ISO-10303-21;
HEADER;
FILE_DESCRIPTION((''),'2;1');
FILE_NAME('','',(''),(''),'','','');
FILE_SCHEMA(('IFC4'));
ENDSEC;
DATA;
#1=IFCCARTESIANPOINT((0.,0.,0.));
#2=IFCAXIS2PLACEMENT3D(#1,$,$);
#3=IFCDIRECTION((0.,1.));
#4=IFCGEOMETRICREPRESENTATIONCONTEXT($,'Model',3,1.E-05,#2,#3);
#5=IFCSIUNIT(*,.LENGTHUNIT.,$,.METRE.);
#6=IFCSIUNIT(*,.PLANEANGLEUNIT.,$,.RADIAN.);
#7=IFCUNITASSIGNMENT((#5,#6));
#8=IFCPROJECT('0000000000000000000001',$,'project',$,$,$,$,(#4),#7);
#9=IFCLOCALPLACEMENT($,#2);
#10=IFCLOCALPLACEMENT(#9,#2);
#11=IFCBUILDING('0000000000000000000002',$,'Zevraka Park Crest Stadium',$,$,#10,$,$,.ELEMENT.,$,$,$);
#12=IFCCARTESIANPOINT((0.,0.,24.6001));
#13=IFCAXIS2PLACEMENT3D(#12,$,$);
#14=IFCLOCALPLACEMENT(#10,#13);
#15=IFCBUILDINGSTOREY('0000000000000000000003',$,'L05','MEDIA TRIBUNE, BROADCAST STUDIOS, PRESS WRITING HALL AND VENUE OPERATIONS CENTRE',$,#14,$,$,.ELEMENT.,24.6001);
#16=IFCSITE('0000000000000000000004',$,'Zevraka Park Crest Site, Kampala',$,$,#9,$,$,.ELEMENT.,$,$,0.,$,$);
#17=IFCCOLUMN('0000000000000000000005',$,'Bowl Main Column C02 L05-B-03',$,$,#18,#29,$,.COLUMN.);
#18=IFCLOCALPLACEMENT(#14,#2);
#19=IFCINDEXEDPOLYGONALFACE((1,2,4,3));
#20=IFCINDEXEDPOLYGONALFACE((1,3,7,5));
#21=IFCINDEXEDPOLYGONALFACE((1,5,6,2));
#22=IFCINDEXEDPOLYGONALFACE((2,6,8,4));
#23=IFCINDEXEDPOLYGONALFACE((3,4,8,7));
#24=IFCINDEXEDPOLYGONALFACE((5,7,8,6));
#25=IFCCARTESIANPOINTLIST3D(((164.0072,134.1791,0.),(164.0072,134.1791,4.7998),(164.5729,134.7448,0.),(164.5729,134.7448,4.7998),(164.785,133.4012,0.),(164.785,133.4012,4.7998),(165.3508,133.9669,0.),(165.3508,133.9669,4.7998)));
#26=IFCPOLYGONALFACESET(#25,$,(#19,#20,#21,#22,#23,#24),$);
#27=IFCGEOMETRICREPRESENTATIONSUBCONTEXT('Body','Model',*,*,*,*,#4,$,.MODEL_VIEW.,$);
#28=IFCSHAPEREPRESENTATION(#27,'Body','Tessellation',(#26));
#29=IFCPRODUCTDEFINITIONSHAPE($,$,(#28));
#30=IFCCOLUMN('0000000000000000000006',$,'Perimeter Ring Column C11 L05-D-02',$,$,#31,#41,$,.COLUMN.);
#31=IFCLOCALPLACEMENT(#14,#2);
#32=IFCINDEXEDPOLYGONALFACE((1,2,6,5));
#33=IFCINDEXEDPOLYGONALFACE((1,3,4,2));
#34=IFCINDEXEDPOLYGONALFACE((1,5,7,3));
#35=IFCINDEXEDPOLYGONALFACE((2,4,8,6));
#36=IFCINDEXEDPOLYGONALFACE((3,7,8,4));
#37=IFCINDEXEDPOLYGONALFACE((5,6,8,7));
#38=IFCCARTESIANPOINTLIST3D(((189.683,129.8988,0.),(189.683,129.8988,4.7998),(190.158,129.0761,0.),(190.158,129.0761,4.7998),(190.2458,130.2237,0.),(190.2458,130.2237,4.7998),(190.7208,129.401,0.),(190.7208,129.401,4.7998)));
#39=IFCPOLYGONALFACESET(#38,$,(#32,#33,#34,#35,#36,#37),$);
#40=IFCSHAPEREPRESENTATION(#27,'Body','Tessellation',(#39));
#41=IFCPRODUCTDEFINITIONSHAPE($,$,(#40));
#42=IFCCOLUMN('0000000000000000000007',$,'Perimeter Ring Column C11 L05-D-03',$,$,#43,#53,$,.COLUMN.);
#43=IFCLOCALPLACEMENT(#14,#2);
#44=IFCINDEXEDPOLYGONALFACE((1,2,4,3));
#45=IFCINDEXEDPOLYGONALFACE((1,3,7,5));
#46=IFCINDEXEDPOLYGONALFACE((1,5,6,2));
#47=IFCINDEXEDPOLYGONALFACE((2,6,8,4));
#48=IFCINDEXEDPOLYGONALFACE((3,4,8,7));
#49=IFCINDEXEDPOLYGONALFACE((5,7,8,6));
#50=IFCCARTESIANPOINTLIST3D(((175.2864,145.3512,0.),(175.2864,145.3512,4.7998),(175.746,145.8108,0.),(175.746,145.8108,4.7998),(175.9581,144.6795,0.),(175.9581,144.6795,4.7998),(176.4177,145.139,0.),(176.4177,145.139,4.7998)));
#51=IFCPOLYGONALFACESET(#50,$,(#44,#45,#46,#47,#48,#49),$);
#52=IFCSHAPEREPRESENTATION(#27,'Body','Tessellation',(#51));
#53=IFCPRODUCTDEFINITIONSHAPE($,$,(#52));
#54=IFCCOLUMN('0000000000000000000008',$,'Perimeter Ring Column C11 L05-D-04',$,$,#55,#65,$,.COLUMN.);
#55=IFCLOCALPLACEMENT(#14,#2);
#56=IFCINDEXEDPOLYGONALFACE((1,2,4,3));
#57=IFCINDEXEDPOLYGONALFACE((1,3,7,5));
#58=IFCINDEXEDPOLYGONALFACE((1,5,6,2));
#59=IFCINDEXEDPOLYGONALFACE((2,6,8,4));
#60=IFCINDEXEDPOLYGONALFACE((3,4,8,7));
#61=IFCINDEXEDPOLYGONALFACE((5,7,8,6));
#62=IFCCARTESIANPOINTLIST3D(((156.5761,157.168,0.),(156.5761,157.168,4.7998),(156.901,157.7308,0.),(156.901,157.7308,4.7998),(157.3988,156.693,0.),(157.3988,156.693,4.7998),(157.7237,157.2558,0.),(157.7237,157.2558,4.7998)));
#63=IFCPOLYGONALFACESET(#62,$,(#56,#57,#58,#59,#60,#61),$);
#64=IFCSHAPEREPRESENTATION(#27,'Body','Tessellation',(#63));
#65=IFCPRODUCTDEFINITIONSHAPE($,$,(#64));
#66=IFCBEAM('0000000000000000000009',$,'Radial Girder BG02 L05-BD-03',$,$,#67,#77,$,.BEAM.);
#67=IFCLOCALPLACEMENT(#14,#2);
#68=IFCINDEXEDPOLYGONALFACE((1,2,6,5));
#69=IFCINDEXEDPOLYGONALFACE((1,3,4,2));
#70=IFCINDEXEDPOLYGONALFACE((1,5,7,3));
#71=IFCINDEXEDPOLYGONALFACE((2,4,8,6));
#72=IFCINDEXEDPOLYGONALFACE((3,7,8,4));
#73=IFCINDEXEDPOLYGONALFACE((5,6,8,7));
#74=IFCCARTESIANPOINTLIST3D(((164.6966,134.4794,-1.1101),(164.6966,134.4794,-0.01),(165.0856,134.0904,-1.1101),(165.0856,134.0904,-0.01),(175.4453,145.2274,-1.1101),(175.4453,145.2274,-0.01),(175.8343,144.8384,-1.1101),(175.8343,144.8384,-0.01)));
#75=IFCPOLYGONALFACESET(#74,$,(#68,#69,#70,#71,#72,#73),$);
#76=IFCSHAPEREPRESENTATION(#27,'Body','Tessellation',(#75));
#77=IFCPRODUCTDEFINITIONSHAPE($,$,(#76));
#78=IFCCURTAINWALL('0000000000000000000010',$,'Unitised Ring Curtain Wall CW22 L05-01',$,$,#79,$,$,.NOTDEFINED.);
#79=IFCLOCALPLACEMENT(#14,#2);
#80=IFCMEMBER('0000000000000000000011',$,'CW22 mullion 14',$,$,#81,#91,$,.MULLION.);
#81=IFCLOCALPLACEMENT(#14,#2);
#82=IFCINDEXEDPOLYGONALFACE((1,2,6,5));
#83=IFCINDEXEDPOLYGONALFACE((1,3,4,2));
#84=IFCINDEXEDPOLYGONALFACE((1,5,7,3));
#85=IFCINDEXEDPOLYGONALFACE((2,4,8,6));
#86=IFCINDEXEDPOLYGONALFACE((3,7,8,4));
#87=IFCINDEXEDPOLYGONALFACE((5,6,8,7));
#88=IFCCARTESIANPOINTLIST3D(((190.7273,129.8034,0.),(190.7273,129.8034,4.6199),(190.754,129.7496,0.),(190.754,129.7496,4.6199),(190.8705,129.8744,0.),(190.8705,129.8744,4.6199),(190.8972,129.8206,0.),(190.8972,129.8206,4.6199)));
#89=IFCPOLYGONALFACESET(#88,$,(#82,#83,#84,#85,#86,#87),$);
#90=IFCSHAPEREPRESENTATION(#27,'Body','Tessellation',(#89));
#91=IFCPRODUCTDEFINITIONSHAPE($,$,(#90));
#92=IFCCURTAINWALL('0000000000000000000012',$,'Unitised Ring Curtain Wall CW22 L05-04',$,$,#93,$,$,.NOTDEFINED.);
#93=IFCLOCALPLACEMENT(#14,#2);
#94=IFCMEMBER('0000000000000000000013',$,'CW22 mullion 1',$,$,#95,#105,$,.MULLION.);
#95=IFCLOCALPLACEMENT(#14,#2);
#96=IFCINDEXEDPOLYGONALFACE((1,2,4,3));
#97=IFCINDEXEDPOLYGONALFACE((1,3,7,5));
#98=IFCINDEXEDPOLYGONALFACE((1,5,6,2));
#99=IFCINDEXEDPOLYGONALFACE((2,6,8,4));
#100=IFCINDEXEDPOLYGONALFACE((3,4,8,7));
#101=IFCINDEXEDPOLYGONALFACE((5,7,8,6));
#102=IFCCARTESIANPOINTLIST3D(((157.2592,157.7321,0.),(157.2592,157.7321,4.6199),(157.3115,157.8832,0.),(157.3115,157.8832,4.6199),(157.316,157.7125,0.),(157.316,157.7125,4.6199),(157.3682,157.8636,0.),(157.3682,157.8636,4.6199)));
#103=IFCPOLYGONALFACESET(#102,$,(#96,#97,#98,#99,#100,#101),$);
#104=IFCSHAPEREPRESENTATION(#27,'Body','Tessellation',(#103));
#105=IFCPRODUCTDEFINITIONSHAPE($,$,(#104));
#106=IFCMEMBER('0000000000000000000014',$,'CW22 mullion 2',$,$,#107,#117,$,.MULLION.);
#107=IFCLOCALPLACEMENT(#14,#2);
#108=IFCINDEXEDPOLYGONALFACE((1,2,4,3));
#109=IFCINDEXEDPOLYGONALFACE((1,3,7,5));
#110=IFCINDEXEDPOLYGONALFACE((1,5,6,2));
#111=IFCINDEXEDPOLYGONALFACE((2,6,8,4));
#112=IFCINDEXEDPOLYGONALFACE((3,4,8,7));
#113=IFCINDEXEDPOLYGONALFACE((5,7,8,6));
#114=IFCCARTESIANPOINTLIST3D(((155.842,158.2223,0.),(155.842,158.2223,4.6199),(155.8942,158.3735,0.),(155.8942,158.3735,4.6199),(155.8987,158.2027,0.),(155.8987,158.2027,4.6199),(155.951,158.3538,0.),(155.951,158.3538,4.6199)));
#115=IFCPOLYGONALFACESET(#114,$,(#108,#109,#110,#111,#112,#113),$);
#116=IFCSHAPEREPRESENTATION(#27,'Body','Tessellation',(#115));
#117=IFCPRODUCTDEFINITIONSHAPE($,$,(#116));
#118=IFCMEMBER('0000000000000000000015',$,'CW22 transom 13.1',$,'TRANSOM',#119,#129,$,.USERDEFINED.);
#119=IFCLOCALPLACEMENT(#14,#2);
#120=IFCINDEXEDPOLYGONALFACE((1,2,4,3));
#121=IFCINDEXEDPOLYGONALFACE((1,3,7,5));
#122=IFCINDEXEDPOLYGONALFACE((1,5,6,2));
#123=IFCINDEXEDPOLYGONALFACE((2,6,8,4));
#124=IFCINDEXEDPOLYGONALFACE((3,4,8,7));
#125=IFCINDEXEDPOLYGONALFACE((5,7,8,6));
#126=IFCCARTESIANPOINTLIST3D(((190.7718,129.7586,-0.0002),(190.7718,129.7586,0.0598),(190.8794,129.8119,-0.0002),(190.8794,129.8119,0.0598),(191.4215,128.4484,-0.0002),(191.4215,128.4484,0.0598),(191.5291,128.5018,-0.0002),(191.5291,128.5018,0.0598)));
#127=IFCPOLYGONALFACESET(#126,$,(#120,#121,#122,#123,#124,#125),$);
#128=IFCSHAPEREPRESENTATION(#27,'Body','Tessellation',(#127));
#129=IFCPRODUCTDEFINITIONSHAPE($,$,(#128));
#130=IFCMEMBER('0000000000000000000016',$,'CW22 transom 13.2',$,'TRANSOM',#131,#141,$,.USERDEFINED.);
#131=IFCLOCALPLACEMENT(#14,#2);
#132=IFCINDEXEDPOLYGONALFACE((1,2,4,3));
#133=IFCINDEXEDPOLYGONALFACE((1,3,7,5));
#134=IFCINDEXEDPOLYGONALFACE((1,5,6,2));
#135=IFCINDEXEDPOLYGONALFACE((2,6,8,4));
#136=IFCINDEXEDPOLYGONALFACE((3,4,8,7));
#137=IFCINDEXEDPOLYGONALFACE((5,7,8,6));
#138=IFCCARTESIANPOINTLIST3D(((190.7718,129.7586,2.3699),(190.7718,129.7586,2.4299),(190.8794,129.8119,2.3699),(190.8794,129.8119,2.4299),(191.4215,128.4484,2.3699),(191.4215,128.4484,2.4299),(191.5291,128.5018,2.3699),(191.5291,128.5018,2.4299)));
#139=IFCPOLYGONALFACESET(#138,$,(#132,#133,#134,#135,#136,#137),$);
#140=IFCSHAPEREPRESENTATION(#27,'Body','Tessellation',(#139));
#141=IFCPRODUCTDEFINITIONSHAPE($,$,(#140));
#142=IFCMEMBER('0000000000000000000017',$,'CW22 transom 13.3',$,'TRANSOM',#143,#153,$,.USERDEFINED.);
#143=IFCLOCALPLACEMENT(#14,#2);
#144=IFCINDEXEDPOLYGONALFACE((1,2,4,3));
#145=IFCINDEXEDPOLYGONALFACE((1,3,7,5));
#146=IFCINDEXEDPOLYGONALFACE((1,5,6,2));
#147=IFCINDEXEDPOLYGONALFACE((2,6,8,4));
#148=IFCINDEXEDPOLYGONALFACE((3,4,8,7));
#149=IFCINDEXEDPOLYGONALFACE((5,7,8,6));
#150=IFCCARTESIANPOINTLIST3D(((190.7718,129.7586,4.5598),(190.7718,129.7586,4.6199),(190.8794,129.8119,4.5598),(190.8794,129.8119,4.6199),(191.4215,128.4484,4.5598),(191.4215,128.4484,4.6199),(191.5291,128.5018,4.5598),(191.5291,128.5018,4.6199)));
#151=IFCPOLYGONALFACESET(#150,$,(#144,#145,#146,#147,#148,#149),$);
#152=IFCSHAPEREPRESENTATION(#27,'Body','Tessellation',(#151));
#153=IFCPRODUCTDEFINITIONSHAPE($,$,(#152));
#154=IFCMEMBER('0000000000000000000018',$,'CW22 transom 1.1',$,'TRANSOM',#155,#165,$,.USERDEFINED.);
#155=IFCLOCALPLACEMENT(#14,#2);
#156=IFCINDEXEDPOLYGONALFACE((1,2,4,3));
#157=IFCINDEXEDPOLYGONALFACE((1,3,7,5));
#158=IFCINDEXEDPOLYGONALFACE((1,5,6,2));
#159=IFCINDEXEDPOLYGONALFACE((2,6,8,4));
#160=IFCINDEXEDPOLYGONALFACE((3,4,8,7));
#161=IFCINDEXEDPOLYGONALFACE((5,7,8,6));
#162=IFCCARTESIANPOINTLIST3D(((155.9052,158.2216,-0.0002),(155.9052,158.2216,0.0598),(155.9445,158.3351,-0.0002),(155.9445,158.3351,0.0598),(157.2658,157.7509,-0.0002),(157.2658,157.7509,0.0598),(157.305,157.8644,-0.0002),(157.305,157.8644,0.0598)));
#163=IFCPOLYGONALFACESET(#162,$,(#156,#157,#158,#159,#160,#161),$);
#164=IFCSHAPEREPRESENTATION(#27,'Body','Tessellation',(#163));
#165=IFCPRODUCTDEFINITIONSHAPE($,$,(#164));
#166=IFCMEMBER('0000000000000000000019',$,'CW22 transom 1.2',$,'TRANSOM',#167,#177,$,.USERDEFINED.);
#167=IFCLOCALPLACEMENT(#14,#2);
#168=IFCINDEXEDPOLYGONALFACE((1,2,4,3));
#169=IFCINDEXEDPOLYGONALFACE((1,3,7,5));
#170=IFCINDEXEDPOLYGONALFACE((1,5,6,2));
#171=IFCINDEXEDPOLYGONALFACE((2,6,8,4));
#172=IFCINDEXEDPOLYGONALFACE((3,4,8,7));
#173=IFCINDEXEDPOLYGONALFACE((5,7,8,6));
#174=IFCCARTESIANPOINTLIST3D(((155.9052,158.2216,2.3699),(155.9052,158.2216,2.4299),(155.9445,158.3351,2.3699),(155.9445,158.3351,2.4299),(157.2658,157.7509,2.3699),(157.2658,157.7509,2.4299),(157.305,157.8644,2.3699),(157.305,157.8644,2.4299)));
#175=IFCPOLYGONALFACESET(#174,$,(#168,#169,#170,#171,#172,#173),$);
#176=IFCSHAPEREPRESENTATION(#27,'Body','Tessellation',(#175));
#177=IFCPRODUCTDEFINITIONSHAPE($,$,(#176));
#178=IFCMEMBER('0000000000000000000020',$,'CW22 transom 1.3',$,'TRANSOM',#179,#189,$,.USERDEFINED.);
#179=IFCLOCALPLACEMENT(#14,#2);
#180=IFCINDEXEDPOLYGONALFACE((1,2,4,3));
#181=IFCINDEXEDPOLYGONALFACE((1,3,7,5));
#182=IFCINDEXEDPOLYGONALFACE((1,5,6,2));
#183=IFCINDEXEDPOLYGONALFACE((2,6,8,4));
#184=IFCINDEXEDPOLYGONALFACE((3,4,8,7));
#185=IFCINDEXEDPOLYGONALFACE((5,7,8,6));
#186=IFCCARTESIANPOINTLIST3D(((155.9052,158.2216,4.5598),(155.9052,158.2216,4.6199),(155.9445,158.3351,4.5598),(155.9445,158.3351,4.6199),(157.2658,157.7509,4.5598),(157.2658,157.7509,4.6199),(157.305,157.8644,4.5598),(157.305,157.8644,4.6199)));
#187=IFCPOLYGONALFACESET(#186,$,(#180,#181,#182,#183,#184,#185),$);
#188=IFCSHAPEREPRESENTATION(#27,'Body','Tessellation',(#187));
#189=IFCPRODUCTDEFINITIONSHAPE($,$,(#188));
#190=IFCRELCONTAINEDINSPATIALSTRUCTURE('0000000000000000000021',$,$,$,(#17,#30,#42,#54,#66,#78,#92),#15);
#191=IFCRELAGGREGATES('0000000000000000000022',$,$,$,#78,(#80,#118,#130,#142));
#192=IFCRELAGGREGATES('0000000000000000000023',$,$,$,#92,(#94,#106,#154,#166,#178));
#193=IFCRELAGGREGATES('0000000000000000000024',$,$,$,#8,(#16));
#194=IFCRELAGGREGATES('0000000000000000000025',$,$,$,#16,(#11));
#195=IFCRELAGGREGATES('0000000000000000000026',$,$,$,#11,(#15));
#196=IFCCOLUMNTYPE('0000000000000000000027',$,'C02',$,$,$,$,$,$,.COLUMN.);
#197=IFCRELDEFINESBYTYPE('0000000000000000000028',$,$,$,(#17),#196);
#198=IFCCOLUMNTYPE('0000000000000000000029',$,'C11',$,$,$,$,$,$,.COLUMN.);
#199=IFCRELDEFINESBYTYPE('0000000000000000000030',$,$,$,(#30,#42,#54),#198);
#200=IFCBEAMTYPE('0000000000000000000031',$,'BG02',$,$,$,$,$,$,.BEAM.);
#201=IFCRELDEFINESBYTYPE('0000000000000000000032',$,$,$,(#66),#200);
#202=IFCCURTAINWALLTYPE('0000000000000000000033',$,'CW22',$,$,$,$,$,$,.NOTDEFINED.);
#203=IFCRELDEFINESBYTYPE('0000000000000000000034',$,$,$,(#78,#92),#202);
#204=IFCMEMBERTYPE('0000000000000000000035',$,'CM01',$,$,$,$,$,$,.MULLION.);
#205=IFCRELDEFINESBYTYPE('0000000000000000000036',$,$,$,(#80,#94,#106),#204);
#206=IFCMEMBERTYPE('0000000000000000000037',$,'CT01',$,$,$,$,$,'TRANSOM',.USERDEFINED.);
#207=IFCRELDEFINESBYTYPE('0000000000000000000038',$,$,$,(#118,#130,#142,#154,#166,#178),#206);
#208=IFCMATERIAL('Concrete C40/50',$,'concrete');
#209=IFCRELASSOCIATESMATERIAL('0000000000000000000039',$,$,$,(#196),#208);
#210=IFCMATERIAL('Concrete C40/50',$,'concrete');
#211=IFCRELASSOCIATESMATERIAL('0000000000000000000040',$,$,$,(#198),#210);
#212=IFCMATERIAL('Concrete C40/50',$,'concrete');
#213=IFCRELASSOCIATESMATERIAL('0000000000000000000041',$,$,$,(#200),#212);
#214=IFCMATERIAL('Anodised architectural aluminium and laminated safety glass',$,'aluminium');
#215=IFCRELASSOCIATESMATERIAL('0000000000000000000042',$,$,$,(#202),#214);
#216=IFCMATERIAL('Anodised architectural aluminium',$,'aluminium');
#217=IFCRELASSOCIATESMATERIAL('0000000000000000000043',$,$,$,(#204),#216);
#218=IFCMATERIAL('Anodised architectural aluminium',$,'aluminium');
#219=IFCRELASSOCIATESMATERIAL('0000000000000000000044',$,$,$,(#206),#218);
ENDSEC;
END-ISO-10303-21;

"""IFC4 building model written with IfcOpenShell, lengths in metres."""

from ifc_helpers import new_model, si_unit, direction, frame, origin, origin_2d, place, context, subcontext, project, spatial, rectangle, extrude, material, material_profile, profile_set, type_object, element, aggregate, save


model = new_model("IFC4")

# Units and contexts
model_context = context("Model", 3, precision=1e-05, world=origin(), true_north=direction((0.0, 1.0)))
body_context = subcontext(model_context, "Body", "Model", "MODEL_VIEW")
ifc_project = project(units=[si_unit("LENGTHUNIT", "METRE"), si_unit("PLANEANGLEUNIT", "RADIAN")], contexts=[model_context])

# Site, building, storey
site_placement = place(None, origin())
site = spatial("IfcSite", under=ifc_project, at=site_placement, Name="Zevraka Park Crest Site, Kampala", CompositionType="ELEMENT", RefElevation=0.0)
building_placement = place(site_placement, origin())
building = spatial("IfcBuilding", under=site, at=building_placement, Name="Zevraka Park Crest Stadium", CompositionType="ELEMENT")
storey_placement = place(building_placement, frame((0.0, 0.0, 24.6001)))
storey = spatial("IfcBuildingStorey", under=building, at=storey_placement, Name="L05", Description="MEDIA TRIBUNE, BROADCAST STUDIOS, PRESS WRITING HALL AND VENUE OPERATIONS CENTRE", CompositionType="ELEMENT", Elevation=24.6001)

# Columns
ifc_material_1 = material(Name="Concrete C40/50", Category="concrete")
ifc_material_profile_1 = material_profile(ifc_material_1, rectangle(XDim=0.8, YDim=1.1001, at=origin_2d()), Name="RC 1100x800")
ifc_profile_set_1 = profile_set([ifc_material_profile_1], Name="Concrete C40/50")
column_type_1 = type_object("IfcColumnType", Name="C02", PredefinedType="COLUMN", material=ifc_profile_set_1)
column_placement = place(storey_placement, frame((164.679, 134.073, 0.0), z_axis=(0.0, 0.0, 1.0), x_axis=(0.707107, 0.707107, 0.0)))
element("IfcColumn", 1, at=column_placement, inside=storey, type_object=column_type_1, Name="Bowl Main Column C02 L05-B-03", PredefinedType="COLUMN", context=body_context, shape_type="SweptSolid", body=[
    extrude(rectangle(XDim=0.8, YDim=1.1001, at=origin_2d()), origin(), (0.0, 0.0, 1.0), 4.7998),
])
ifc_material_2 = material(Name="Concrete C40/50", Category="concrete")
ifc_material_profile_2 = material_profile(ifc_material_2, rectangle(XDim=0.6499, YDim=0.95, at=origin_2d()), Name="RC 950x650")
ifc_profile_set_2 = profile_set([ifc_material_profile_2], Name="Concrete C40/50")
column_type_2 = type_object("IfcColumnType", Name="C11", PredefinedType="COLUMN", material=ifc_profile_set_2)
for number, where, z_axis, x_axis, name in (
    (2, (190.2019, 129.6499, 0.0), (0.0, 0.0, 1.0), (0.866025, 0.5, 0.0), "Perimeter Ring Column C11 L05-D-02"),
    (3, (175.8521, 145.2451, 0.0), (0.0, 0.0, 1.0), (0.707107, 0.707107, 0.0), "Perimeter Ring Column C11 L05-D-03"),
    (4, (157.1499, 157.2119, 0.0), (0.0, 0.0, 1.0), (0.5, 0.866025, 0.0), "Perimeter Ring Column C11 L05-D-04"),
):
    element("IfcColumn", number, at=place(storey_placement, frame(where, z_axis=z_axis, x_axis=x_axis)), inside=storey, type_object=column_type_2, Name=name, PredefinedType="COLUMN", context=body_context, shape_type="SweptSolid", body=[
        extrude(rectangle(XDim=0.6499, YDim=0.95, at=origin_2d()), origin(), (0.0, 0.0, 1.0), 4.7998),
    ])

# Beam
ifc_material_3 = material(Name="Concrete C40/50", Category="concrete")
ifc_material_profile_3 = material_profile(ifc_material_3, rectangle(XDim=0.55, YDim=1.1001, at=origin_2d()), Name="RC 1100x550")
ifc_profile_set_3 = profile_set([ifc_material_profile_3], Name="Concrete C40/50")
beam_type_1 = type_object("IfcBeamType", Name="BG02", PredefinedType="BEAM", material=ifc_profile_set_3)
beam_1_placement = place(storey_placement, frame((164.8911, 134.2849, -0.5601), z_axis=(0.707131, 0.707083, 0.0), x_axis=(-0.707083, 0.707131, 0.0)))
element("IfcBeam", 5, at=beam_1_placement, inside=storey, type_object=beam_type_1, Name="Radial Girder BG02 L05-BD-03", PredefinedType="BEAM", context=body_context, shape_type="SweptSolid", body=[
    extrude(rectangle(XDim=0.55, YDim=1.1001, at=origin_2d()), origin(), (0.0, 0.0, 1.0), 15.2004),
])

# Curtain wall, member
ifc_material_4 = material(Name="Anodised architectural aluminium and laminated safety glass", Category="aluminium")
curtain_wall_type = type_object("IfcCurtainWallType", Name="CW22", PredefinedType="NOTDEFINED", material=ifc_material_4)
curtain_wall_1_placement = place(storey_placement, origin())
curtain_wall_1 = element("IfcCurtainWall", 6, at=curtain_wall_1_placement, inside=storey, type_object=curtain_wall_type, Name="Unitised Ring Curtain Wall CW22 L05-01", PredefinedType="NOTDEFINED")
ifc_material_5 = material(Name="Anodised architectural aluminium", Category="aluminium")
ifc_material_profile_4 = material_profile(ifc_material_5, rectangle(XDim=0.1599, YDim=0.0601, at=origin_2d()), Name="ALU MULLION 160x60")
ifc_profile_set_4 = profile_set([ifc_material_profile_4], Name="Anodised architectural aluminium")
member_type_1 = type_object("IfcMemberType", Name="CM01", PredefinedType="MULLION", material=ifc_profile_set_4)
member_1_placement = place(storey_placement, frame((190.8123, 129.812, 0.0), z_axis=(0.0, 0.0, 1.0), x_axis=(-0.895879, -0.444297, 0.0)))
member_1 = element("IfcMember", 7, at=member_1_placement, type_object=member_type_1, Name="CW22 mullion 14", PredefinedType="MULLION", context=body_context, shape_type="SweptSolid", body=[
    extrude(rectangle(XDim=0.1599, YDim=0.0601, at=origin_2d()), origin(), (0.0, 0.0, 1.0), 4.6199),
])

# Curtain wall, members
curtain_wall_2_placement = place(storey_placement, origin())
curtain_wall_2 = element("IfcCurtainWall", 8, at=curtain_wall_2_placement, inside=storey, type_object=curtain_wall_type, Name="Unitised Ring Curtain Wall CW22 L05-04", PredefinedType="NOTDEFINED")
member_2_placement = place(storey_placement, frame((157.3137, 157.7979, 0.0), z_axis=(0.0, 0.0, 1.0), x_axis=(-0.326929, -0.945049, 0.0)))
member_2 = element("IfcMember", 9, at=member_2_placement, type_object=member_type_1, Name="CW22 mullion 1", PredefinedType="MULLION", context=body_context, shape_type="SweptSolid", body=[
    extrude(rectangle(XDim=0.1599, YDim=0.0601, at=origin_2d()), origin(), (0.0, 0.0, 1.0), 4.6199),
])
member_3_placement = place(storey_placement, frame((155.8965, 158.2881, 0.0), z_axis=(0.0, 0.0, 1.0), x_axis=(-0.326929, -0.945049, 0.0)))
member_3 = element("IfcMember", 10, at=member_3_placement, type_object=member_type_1, Name="CW22 mullion 2", PredefinedType="MULLION", context=body_context, shape_type="SweptSolid", body=[
    extrude(rectangle(XDim=0.1599, YDim=0.0601, at=origin_2d()), origin(), (0.0, 0.0, 1.0), 4.6199),
])

# Members
ifc_material_6 = material(Name="Anodised architectural aluminium", Category="aluminium")
ifc_material_profile_5 = material_profile(ifc_material_6, rectangle(XDim=0.1201, YDim=0.0601, at=origin_2d()), Name="ALU TRANSOM 120x60")
ifc_profile_set_5 = profile_set([ifc_material_profile_5], Name="Anodised architectural aluminium")
member_type_2 = type_object("IfcMemberType", Name="CT01", ElementType="TRANSOM", PredefinedType="USERDEFINED", material=ifc_profile_set_5)
member_4_placement = place(storey_placement, frame((191.4753, 128.4751, 0.0298), z_axis=(-0.444273, 0.895892, 0.0), x_axis=(-0.895892, -0.444273, 0.0)))
member_4 = element("IfcMember", 11, at=member_4_placement, type_object=member_type_2, Name="CW22 transom 13.1", ObjectType="TRANSOM", PredefinedType="USERDEFINED", context=body_context, shape_type="SweptSolid", body=[
    extrude(rectangle(XDim=0.1201, YDim=0.0601, at=origin_2d()), origin(), (0.0, 0.0, 1.0), 1.4624),
])
member_5_placement = place(storey_placement, frame((191.4753, 128.4751, 2.3999), z_axis=(-0.444273, 0.895892, 0.0), x_axis=(-0.895892, -0.444273, 0.0)))
member_5 = element("IfcMember", 12, at=member_5_placement, type_object=member_type_2, Name="CW22 transom 13.2", ObjectType="TRANSOM", PredefinedType="USERDEFINED", context=body_context, shape_type="SweptSolid", body=[
    extrude(rectangle(XDim=0.1201, YDim=0.0601, at=origin_2d()), origin(), (0.0, 0.0, 1.0), 1.4624),
])
member_6_placement = place(storey_placement, frame((191.4753, 128.4751, 4.5898), z_axis=(-0.444273, 0.895892, 0.0), x_axis=(-0.895892, -0.444273, 0.0)))
member_6 = element("IfcMember", 13, at=member_6_placement, type_object=member_type_2, Name="CW22 transom 13.3", ObjectType="TRANSOM", PredefinedType="USERDEFINED", context=body_context, shape_type="SweptSolid", body=[
    extrude(rectangle(XDim=0.1201, YDim=0.0601, at=origin_2d()), origin(), (0.0, 0.0, 1.0), 1.4624),
])
member_7_placement = place(storey_placement, frame((157.2854, 157.8076, 0.0298), z_axis=(-0.945045, 0.326942, 0.0), x_axis=(-0.326942, -0.945045, 0.0)))
member_7 = element("IfcMember", 14, at=member_7_placement, type_object=member_type_2, Name="CW22 transom 1.1", ObjectType="TRANSOM", PredefinedType="USERDEFINED", context=body_context, shape_type="SweptSolid", body=[
    extrude(rectangle(XDim=0.1201, YDim=0.0601, at=origin_2d()), origin(), (0.0, 0.0, 1.0), 1.4397),
])
member_8_placement = place(storey_placement, frame((157.2854, 157.8076, 2.3999), z_axis=(-0.945045, 0.326942, 0.0), x_axis=(-0.326942, -0.945045, 0.0)))
member_8 = element("IfcMember", 15, at=member_8_placement, type_object=member_type_2, Name="CW22 transom 1.2", ObjectType="TRANSOM", PredefinedType="USERDEFINED", context=body_context, shape_type="SweptSolid", body=[
    extrude(rectangle(XDim=0.1201, YDim=0.0601, at=origin_2d()), origin(), (0.0, 0.0, 1.0), 1.4397),
])
member_9_placement = place(storey_placement, frame((157.2854, 157.8076, 4.5898), z_axis=(-0.945045, 0.326942, 0.0), x_axis=(-0.326942, -0.945045, 0.0)))
member_9 = element("IfcMember", 16, at=member_9_placement, type_object=member_type_2, Name="CW22 transom 1.3", ObjectType="TRANSOM", PredefinedType="USERDEFINED", context=body_context, shape_type="SweptSolid", body=[
    extrude(rectangle(XDim=0.1201, YDim=0.0601, at=origin_2d()), origin(), (0.0, 0.0, 1.0), 1.4397),
])

aggregate(curtain_wall_1, [member_1, member_4, member_5, member_6])
aggregate(curtain_wall_2, [member_2, member_3, member_7, member_8, member_9])

save(model, "model.ifc")
